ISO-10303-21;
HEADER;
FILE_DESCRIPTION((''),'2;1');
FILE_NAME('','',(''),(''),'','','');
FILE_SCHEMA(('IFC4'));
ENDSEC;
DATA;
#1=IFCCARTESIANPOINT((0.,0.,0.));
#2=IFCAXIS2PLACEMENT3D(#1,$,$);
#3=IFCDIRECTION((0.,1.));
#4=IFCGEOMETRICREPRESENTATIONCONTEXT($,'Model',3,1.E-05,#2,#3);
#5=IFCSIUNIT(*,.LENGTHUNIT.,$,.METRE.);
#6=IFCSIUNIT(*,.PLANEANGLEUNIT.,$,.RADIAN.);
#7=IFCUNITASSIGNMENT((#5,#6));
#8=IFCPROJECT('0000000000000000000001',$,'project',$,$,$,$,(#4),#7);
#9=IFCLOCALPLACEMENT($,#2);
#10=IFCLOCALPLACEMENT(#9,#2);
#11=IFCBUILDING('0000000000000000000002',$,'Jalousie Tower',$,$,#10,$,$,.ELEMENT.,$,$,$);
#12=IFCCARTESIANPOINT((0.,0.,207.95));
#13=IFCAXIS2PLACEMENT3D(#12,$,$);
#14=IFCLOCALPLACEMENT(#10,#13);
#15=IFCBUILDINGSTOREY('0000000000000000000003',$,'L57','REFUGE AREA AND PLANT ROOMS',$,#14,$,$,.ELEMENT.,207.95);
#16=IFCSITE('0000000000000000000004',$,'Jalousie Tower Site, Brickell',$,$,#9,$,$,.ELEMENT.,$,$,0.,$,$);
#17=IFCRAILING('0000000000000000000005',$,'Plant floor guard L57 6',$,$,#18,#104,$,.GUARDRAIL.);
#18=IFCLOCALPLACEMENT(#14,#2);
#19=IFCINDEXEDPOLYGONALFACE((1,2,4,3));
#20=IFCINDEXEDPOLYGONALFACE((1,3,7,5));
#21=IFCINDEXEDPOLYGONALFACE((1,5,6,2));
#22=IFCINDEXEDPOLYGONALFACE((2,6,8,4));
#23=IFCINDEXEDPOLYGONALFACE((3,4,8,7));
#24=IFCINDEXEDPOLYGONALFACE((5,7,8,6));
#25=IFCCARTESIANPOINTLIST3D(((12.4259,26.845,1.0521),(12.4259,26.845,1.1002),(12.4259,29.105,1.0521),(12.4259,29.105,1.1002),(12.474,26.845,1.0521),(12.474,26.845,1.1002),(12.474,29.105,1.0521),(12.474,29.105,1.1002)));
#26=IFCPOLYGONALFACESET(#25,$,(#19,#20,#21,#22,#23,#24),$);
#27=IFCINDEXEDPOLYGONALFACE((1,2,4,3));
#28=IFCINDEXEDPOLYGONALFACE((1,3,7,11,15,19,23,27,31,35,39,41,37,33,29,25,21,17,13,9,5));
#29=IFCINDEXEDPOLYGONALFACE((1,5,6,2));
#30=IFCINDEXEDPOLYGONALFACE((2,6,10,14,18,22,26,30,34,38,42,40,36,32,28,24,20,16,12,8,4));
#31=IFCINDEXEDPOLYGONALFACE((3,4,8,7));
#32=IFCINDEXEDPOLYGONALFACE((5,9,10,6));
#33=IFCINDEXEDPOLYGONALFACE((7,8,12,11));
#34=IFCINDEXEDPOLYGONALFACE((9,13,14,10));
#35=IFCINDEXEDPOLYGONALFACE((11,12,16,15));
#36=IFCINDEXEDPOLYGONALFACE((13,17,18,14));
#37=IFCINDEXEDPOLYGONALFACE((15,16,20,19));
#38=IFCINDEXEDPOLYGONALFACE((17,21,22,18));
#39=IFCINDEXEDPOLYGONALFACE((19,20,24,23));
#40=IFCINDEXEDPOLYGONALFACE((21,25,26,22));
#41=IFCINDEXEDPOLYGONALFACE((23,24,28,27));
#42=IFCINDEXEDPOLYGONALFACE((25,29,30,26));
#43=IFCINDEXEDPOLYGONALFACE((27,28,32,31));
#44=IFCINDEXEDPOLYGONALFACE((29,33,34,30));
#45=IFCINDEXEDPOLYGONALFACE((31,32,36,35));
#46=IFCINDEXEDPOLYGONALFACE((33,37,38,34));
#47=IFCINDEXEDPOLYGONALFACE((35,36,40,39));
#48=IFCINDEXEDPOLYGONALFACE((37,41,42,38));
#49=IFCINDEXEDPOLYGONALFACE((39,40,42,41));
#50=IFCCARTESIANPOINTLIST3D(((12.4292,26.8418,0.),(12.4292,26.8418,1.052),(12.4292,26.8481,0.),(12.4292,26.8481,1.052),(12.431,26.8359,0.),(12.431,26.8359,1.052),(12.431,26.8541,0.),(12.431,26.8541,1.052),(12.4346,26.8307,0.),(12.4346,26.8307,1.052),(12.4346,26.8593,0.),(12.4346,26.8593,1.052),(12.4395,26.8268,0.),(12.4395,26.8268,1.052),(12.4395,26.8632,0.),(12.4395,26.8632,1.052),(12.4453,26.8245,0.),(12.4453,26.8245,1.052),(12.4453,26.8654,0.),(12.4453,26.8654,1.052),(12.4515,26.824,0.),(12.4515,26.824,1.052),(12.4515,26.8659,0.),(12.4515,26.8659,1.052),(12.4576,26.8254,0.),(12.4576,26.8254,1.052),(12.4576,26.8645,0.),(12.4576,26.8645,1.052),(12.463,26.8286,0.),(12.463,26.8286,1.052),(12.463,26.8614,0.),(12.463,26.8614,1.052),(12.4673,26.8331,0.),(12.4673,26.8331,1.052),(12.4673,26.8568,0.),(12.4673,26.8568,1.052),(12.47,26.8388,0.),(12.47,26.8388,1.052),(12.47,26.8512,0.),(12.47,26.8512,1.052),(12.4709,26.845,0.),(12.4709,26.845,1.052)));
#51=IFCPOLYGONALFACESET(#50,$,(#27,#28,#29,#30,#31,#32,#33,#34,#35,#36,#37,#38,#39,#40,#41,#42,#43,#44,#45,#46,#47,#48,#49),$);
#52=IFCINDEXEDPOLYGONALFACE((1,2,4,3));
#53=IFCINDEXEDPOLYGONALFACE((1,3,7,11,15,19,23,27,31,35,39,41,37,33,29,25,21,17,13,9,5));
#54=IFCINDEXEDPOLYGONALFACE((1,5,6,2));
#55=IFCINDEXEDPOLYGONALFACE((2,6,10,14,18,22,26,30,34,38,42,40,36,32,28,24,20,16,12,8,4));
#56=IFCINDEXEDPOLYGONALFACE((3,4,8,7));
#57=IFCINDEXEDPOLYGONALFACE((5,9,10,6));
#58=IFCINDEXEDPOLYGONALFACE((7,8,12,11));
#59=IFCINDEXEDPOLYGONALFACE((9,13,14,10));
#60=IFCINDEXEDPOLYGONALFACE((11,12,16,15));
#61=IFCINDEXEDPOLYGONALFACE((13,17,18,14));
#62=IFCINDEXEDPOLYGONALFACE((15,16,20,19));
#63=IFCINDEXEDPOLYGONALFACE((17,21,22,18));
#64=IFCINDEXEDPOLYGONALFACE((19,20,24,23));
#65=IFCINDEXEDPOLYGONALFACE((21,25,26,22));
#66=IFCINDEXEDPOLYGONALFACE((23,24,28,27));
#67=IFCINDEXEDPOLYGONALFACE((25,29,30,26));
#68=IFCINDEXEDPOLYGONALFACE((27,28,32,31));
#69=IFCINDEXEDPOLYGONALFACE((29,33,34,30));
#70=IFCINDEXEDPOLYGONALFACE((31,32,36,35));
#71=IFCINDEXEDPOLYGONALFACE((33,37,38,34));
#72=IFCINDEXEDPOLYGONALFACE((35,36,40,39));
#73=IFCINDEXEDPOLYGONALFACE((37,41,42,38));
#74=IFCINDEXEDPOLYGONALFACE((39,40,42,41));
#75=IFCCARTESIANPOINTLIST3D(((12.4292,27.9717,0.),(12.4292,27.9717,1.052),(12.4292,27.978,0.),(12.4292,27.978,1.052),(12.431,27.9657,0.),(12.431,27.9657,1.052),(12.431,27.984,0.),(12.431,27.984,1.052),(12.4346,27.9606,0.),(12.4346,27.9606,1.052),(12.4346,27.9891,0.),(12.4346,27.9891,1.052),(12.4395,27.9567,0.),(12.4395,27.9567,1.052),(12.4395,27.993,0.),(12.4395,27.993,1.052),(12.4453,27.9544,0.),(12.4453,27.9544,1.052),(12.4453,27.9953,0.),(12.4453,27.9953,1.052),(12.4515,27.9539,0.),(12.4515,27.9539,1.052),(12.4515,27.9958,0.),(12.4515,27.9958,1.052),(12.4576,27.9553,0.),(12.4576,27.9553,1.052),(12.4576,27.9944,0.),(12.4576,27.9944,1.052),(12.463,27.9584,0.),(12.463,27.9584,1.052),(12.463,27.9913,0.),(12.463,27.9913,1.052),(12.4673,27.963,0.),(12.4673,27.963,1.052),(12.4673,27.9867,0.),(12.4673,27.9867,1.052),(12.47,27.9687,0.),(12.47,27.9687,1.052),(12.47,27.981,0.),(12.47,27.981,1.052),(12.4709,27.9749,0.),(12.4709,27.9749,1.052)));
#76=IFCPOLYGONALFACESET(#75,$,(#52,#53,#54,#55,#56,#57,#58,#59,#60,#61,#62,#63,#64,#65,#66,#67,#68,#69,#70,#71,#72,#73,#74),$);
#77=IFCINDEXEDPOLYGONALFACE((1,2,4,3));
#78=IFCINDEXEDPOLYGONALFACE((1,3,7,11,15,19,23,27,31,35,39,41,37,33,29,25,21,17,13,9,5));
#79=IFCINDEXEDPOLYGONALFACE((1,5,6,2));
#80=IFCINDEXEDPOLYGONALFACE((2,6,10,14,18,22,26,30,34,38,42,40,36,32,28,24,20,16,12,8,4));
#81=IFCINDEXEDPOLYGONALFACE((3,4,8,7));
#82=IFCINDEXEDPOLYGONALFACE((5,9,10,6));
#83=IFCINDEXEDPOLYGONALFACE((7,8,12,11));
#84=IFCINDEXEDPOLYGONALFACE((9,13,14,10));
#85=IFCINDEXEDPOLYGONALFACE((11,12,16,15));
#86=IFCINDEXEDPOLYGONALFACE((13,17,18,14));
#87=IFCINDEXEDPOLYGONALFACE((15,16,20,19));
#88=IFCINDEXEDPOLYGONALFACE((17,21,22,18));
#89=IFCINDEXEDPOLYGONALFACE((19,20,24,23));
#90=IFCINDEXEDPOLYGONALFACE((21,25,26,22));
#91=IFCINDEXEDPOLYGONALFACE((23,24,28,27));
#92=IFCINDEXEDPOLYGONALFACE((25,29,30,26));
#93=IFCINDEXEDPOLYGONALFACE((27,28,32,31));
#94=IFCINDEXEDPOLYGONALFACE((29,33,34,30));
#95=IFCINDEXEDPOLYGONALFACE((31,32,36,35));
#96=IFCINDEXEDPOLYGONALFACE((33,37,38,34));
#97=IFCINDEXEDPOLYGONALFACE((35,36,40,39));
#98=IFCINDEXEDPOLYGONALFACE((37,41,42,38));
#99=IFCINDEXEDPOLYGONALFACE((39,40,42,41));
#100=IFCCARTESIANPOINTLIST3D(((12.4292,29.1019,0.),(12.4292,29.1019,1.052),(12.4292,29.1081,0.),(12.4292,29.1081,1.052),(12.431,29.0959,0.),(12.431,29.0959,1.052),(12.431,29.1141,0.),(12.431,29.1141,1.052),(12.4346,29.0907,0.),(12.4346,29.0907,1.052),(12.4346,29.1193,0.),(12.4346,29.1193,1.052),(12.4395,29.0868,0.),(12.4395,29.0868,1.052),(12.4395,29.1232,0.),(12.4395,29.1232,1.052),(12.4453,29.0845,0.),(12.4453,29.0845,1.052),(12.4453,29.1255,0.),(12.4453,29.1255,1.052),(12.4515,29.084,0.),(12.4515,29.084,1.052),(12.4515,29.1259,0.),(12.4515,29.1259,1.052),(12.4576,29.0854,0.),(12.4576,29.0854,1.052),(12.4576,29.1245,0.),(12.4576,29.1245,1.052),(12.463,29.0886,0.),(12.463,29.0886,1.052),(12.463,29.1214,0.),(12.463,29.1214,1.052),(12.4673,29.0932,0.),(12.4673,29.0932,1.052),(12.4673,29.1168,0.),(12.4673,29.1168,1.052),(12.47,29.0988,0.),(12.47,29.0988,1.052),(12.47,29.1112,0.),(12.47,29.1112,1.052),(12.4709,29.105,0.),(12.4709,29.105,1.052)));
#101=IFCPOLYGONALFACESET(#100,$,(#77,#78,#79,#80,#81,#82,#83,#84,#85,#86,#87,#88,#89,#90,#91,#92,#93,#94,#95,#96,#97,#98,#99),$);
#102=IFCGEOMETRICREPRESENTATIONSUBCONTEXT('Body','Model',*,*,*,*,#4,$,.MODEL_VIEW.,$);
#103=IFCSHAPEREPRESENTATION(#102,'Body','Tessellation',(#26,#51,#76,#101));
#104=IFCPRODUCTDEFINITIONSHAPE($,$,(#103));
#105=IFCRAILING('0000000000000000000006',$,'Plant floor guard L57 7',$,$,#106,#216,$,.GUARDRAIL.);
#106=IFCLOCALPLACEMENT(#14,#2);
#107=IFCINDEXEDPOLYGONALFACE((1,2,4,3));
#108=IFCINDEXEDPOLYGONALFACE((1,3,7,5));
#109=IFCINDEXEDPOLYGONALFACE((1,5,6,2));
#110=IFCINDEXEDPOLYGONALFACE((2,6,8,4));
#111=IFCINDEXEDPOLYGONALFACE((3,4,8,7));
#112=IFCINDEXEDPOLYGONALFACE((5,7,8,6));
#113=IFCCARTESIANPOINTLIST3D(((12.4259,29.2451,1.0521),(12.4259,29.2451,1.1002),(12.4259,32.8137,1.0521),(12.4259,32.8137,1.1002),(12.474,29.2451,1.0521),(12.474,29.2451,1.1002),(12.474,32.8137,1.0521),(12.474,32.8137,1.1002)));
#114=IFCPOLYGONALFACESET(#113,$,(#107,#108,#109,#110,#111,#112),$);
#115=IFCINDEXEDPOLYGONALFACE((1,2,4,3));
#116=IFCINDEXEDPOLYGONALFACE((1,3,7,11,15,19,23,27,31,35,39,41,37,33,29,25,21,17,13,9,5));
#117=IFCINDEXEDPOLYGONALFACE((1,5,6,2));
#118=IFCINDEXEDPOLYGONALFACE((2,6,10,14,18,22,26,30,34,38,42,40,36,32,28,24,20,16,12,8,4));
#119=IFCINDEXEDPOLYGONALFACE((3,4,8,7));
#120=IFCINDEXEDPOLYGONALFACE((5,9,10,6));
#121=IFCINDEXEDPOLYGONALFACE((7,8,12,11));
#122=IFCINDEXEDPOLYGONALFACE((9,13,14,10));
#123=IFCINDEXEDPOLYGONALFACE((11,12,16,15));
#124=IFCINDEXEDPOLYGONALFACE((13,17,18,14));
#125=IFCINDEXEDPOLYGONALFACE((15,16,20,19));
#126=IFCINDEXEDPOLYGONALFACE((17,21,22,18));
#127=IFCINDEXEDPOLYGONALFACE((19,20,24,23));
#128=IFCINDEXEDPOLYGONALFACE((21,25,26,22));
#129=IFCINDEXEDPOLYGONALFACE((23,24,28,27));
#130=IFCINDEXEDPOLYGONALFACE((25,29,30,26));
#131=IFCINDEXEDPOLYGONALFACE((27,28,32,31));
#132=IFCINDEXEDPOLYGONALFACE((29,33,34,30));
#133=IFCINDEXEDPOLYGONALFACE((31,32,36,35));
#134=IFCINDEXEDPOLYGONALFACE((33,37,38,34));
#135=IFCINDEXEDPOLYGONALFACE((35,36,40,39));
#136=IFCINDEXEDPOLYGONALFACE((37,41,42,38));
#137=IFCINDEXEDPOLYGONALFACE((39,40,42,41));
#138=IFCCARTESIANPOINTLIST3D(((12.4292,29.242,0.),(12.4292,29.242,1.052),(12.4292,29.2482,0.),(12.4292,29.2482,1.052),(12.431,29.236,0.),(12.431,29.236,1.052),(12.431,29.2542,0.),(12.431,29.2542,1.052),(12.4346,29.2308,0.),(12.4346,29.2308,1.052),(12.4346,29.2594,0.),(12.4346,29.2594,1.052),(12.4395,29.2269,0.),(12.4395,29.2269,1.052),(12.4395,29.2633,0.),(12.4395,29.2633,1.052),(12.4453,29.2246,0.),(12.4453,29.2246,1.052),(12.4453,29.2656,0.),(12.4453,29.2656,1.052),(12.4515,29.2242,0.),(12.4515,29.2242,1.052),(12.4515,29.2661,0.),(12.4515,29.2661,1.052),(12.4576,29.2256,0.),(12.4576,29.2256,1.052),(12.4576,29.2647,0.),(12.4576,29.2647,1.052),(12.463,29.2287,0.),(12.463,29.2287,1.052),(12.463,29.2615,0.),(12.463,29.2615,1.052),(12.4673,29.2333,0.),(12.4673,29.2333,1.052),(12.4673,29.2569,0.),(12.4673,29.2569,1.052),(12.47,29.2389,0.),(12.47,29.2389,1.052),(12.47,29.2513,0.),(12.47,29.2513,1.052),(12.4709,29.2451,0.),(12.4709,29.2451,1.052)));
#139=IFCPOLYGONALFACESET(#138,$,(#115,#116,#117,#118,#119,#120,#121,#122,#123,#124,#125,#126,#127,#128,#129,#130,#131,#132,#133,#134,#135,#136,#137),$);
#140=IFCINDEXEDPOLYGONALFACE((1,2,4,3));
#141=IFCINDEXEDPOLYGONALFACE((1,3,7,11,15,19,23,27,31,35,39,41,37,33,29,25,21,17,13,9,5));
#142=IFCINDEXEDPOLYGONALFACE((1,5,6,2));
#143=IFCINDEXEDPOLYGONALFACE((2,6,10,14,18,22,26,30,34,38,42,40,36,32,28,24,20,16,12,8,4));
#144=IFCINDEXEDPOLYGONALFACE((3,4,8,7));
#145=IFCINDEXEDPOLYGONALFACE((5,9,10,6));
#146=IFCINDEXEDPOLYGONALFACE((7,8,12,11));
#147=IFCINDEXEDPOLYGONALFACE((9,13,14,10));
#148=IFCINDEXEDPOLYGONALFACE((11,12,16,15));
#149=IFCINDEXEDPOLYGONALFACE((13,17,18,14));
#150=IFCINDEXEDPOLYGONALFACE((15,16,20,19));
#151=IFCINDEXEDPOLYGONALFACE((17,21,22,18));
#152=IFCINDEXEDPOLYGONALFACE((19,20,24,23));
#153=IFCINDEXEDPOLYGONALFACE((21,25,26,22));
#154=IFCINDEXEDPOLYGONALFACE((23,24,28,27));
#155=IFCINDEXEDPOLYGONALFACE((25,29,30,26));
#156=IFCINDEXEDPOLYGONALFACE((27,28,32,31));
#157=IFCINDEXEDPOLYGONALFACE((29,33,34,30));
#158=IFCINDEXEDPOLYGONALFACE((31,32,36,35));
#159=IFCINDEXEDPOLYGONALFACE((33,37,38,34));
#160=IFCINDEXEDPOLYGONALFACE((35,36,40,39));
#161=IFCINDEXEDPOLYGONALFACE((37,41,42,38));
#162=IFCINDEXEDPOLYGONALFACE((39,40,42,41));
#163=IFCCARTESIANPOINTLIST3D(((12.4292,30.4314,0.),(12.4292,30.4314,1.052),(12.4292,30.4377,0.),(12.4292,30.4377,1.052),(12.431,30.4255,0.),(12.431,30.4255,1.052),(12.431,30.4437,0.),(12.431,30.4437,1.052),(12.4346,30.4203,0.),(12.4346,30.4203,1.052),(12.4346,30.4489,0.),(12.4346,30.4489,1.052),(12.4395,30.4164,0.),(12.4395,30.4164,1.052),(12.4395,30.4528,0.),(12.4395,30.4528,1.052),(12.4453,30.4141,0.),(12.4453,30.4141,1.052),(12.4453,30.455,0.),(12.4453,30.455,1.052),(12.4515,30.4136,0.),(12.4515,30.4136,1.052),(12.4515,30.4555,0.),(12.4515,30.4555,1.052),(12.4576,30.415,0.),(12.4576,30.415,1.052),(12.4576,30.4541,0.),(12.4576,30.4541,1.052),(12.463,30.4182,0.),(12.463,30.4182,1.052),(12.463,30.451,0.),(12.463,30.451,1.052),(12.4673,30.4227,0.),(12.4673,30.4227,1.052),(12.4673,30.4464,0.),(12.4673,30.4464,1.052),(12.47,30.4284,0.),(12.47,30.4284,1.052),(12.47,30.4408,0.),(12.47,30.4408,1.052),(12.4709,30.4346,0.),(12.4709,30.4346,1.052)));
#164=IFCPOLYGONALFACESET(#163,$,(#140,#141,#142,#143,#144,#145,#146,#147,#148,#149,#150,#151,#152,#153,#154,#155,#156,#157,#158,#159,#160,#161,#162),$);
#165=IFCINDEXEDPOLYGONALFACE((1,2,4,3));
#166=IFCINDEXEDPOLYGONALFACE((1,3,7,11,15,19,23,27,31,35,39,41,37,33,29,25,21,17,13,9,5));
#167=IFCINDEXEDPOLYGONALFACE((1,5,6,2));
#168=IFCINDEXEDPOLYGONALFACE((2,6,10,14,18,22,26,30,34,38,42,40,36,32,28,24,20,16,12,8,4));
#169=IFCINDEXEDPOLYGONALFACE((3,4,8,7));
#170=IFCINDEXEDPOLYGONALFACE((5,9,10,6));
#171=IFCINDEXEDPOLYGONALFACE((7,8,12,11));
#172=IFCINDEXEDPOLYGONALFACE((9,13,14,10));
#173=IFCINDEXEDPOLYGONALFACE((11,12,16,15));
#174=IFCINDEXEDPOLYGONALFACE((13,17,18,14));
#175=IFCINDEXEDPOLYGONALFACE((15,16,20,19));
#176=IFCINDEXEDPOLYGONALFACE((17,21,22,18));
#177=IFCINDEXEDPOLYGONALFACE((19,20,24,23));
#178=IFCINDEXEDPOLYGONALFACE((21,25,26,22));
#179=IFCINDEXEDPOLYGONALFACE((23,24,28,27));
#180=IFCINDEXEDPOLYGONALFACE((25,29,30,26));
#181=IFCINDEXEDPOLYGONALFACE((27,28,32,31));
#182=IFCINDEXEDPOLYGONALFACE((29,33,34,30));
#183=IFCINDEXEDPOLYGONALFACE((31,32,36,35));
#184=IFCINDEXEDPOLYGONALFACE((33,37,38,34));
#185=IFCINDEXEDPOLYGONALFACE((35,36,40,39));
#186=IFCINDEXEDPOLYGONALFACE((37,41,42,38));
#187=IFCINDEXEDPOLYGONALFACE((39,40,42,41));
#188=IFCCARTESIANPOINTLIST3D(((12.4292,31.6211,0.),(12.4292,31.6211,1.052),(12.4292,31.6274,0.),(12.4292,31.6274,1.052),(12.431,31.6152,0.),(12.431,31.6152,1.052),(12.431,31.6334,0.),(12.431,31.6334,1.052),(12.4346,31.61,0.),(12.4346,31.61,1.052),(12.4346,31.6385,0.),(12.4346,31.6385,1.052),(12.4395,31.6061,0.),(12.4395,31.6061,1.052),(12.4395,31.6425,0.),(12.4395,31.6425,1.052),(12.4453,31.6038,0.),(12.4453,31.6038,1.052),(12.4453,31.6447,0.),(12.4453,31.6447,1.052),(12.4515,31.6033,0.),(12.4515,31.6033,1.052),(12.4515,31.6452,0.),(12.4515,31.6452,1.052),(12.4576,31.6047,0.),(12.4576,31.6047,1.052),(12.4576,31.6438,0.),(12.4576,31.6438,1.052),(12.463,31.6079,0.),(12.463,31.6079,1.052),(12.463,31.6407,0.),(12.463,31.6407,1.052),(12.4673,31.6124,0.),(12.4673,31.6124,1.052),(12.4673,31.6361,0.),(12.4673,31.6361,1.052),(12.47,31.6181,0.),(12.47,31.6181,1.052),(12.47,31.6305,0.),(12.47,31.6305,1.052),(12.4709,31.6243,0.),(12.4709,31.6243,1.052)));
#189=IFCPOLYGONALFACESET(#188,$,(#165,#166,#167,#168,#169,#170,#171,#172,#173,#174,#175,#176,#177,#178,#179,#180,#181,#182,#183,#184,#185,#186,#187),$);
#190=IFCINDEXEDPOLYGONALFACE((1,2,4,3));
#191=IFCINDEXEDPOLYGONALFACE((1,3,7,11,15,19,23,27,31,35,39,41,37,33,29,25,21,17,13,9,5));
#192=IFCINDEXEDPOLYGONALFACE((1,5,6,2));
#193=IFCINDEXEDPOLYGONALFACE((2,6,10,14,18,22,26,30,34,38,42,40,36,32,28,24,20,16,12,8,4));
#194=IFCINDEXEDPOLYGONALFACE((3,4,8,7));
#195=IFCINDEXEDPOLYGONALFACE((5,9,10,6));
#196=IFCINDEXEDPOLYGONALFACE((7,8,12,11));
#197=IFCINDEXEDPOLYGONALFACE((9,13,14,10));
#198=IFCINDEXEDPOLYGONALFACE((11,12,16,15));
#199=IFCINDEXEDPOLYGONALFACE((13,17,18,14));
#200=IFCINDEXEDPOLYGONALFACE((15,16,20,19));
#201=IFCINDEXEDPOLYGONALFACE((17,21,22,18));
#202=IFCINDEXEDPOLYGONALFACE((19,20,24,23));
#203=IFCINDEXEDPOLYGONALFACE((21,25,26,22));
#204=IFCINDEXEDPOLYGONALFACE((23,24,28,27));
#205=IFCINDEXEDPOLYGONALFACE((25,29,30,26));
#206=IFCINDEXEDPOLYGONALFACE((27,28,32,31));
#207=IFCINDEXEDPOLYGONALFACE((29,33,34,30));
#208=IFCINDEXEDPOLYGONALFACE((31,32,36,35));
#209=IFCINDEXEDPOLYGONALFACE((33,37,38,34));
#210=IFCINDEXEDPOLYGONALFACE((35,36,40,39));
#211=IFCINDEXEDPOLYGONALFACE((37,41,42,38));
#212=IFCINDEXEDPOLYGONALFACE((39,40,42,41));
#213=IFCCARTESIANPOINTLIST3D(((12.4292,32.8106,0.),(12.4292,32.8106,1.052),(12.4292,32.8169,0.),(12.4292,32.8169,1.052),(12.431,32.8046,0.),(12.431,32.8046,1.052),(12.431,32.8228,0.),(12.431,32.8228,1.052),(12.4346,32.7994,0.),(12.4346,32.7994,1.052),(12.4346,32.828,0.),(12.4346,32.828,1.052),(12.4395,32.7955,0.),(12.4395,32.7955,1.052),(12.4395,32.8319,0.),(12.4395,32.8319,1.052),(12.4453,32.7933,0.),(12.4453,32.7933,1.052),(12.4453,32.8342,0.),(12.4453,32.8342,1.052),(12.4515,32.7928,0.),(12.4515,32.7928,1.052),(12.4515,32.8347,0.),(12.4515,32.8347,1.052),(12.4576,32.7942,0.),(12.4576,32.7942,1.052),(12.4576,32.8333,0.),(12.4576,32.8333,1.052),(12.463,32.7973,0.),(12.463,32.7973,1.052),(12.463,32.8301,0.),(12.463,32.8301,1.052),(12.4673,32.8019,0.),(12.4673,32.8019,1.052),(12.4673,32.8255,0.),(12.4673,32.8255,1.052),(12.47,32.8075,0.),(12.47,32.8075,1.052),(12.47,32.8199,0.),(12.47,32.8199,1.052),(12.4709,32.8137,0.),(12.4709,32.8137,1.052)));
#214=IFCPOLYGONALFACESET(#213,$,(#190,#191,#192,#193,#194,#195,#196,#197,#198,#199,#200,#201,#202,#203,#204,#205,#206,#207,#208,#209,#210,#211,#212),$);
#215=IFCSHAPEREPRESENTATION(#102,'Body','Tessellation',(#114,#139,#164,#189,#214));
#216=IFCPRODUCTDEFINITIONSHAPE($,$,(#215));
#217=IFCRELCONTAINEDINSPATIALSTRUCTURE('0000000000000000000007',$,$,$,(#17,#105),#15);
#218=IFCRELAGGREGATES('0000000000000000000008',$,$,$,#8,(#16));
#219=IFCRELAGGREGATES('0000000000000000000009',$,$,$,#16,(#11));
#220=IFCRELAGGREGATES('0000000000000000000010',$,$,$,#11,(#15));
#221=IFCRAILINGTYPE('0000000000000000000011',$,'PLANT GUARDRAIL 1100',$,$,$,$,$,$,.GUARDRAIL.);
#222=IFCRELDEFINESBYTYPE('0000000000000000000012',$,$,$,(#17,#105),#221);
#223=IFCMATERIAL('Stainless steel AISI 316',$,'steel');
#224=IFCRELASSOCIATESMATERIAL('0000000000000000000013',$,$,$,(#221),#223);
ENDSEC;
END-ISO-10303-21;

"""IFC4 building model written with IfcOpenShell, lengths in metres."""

from ifc_helpers import new_model, si_unit, direction, frame, origin, origin_2d, place, context, subcontext, project, spatial, rectangle, circle, extrude, material, type_object, element, save


model = new_model("IFC4")

# Units and contexts
model_context = context("Model", 3, precision=1e-05, world=origin(), true_north=direction((0.0, 1.0)))
body_context = subcontext(model_context, "Body", "Model", "MODEL_VIEW")
ifc_project = project(units=[si_unit("LENGTHUNIT", "METRE"), si_unit("PLANEANGLEUNIT", "RADIAN")], contexts=[model_context])

# Site, building, storey
site_placement = place(None, origin())
site = spatial("IfcSite", under=ifc_project, at=site_placement, Name="Jalousie Tower Site, Brickell", CompositionType="ELEMENT", RefElevation=0.0)
building_placement = place(site_placement, origin())
building = spatial("IfcBuilding", under=site, at=building_placement, Name="Jalousie Tower", CompositionType="ELEMENT")
storey_placement = place(building_placement, frame((0.0, 0.0, 207.95)))
storey = spatial("IfcBuildingStorey", under=building, at=storey_placement, Name="L57", Description="REFUGE AREA AND PLANT ROOMS", CompositionType="ELEMENT", Elevation=207.95)

# Railings
ifc_material_1 = material(Name="Stainless steel AISI 316", Category="steel")
railing_type = type_object("IfcRailingType", Name="PLANT GUARDRAIL 1100", PredefinedType="GUARDRAIL", material=ifc_material_1)
railing_1_placement = place(storey_placement, frame((12.45, 26.845, 0.0)))
element("IfcRailing", 1, at=railing_1_placement, inside=storey, type_object=railing_type, Name="Plant floor guard L57 6", PredefinedType="GUARDRAIL", context=body_context, shape_type="SweptSolid", body=[
    extrude(rectangle(XDim=0.0481, YDim=0.0481, at=origin_2d()), frame((0.0, 0.0, 1.0762), z_axis=(0.0, 1.0, 0.0), x_axis=(-1.0, 0.0, 0.0)), (0.0, 0.0, 1.0), 2.26),
    extrude(circle(Radius=0.021, at=origin_2d()), origin(), (0.0, 0.0, 1.0), 1.052),
    extrude(circle(Radius=0.021, at=origin_2d()), frame((0.0, 1.1299, 0.0)), (0.0, 0.0, 1.0), 1.052),
    extrude(circle(Radius=0.021, at=origin_2d()), frame((0.0, 2.26, 0.0)), (0.0, 0.0, 1.0), 1.052),
])
railing_2_placement = place(storey_placement, frame((12.45, 29.2451, 0.0)))
element("IfcRailing", 2, at=railing_2_placement, inside=storey, type_object=railing_type, Name="Plant floor guard L57 7", PredefinedType="GUARDRAIL", context=body_context, shape_type="SweptSolid", body=[
    extrude(rectangle(XDim=0.0481, YDim=0.0481, at=origin_2d()), frame((0.0, 0.0, 1.0762), z_axis=(0.0, 1.0, 0.0), x_axis=(-1.0, 0.0, 0.0)), (0.0, 0.0, 1.0), 3.5686),
    extrude(circle(Radius=0.021, at=origin_2d()), origin(), (0.0, 0.0, 1.0), 1.052),
    extrude(circle(Radius=0.021, at=origin_2d()), frame((0.0, 1.1895, 0.0)), (0.0, 0.0, 1.0), 1.052),
    extrude(circle(Radius=0.021, at=origin_2d()), frame((0.0, 2.3792, 0.0)), (0.0, 0.0, 1.0), 1.052),
    extrude(circle(Radius=0.021, at=origin_2d()), frame((0.0, 3.5686, 0.0)), (0.0, 0.0, 1.0), 1.052),
])

save(model, "model.ifc")
